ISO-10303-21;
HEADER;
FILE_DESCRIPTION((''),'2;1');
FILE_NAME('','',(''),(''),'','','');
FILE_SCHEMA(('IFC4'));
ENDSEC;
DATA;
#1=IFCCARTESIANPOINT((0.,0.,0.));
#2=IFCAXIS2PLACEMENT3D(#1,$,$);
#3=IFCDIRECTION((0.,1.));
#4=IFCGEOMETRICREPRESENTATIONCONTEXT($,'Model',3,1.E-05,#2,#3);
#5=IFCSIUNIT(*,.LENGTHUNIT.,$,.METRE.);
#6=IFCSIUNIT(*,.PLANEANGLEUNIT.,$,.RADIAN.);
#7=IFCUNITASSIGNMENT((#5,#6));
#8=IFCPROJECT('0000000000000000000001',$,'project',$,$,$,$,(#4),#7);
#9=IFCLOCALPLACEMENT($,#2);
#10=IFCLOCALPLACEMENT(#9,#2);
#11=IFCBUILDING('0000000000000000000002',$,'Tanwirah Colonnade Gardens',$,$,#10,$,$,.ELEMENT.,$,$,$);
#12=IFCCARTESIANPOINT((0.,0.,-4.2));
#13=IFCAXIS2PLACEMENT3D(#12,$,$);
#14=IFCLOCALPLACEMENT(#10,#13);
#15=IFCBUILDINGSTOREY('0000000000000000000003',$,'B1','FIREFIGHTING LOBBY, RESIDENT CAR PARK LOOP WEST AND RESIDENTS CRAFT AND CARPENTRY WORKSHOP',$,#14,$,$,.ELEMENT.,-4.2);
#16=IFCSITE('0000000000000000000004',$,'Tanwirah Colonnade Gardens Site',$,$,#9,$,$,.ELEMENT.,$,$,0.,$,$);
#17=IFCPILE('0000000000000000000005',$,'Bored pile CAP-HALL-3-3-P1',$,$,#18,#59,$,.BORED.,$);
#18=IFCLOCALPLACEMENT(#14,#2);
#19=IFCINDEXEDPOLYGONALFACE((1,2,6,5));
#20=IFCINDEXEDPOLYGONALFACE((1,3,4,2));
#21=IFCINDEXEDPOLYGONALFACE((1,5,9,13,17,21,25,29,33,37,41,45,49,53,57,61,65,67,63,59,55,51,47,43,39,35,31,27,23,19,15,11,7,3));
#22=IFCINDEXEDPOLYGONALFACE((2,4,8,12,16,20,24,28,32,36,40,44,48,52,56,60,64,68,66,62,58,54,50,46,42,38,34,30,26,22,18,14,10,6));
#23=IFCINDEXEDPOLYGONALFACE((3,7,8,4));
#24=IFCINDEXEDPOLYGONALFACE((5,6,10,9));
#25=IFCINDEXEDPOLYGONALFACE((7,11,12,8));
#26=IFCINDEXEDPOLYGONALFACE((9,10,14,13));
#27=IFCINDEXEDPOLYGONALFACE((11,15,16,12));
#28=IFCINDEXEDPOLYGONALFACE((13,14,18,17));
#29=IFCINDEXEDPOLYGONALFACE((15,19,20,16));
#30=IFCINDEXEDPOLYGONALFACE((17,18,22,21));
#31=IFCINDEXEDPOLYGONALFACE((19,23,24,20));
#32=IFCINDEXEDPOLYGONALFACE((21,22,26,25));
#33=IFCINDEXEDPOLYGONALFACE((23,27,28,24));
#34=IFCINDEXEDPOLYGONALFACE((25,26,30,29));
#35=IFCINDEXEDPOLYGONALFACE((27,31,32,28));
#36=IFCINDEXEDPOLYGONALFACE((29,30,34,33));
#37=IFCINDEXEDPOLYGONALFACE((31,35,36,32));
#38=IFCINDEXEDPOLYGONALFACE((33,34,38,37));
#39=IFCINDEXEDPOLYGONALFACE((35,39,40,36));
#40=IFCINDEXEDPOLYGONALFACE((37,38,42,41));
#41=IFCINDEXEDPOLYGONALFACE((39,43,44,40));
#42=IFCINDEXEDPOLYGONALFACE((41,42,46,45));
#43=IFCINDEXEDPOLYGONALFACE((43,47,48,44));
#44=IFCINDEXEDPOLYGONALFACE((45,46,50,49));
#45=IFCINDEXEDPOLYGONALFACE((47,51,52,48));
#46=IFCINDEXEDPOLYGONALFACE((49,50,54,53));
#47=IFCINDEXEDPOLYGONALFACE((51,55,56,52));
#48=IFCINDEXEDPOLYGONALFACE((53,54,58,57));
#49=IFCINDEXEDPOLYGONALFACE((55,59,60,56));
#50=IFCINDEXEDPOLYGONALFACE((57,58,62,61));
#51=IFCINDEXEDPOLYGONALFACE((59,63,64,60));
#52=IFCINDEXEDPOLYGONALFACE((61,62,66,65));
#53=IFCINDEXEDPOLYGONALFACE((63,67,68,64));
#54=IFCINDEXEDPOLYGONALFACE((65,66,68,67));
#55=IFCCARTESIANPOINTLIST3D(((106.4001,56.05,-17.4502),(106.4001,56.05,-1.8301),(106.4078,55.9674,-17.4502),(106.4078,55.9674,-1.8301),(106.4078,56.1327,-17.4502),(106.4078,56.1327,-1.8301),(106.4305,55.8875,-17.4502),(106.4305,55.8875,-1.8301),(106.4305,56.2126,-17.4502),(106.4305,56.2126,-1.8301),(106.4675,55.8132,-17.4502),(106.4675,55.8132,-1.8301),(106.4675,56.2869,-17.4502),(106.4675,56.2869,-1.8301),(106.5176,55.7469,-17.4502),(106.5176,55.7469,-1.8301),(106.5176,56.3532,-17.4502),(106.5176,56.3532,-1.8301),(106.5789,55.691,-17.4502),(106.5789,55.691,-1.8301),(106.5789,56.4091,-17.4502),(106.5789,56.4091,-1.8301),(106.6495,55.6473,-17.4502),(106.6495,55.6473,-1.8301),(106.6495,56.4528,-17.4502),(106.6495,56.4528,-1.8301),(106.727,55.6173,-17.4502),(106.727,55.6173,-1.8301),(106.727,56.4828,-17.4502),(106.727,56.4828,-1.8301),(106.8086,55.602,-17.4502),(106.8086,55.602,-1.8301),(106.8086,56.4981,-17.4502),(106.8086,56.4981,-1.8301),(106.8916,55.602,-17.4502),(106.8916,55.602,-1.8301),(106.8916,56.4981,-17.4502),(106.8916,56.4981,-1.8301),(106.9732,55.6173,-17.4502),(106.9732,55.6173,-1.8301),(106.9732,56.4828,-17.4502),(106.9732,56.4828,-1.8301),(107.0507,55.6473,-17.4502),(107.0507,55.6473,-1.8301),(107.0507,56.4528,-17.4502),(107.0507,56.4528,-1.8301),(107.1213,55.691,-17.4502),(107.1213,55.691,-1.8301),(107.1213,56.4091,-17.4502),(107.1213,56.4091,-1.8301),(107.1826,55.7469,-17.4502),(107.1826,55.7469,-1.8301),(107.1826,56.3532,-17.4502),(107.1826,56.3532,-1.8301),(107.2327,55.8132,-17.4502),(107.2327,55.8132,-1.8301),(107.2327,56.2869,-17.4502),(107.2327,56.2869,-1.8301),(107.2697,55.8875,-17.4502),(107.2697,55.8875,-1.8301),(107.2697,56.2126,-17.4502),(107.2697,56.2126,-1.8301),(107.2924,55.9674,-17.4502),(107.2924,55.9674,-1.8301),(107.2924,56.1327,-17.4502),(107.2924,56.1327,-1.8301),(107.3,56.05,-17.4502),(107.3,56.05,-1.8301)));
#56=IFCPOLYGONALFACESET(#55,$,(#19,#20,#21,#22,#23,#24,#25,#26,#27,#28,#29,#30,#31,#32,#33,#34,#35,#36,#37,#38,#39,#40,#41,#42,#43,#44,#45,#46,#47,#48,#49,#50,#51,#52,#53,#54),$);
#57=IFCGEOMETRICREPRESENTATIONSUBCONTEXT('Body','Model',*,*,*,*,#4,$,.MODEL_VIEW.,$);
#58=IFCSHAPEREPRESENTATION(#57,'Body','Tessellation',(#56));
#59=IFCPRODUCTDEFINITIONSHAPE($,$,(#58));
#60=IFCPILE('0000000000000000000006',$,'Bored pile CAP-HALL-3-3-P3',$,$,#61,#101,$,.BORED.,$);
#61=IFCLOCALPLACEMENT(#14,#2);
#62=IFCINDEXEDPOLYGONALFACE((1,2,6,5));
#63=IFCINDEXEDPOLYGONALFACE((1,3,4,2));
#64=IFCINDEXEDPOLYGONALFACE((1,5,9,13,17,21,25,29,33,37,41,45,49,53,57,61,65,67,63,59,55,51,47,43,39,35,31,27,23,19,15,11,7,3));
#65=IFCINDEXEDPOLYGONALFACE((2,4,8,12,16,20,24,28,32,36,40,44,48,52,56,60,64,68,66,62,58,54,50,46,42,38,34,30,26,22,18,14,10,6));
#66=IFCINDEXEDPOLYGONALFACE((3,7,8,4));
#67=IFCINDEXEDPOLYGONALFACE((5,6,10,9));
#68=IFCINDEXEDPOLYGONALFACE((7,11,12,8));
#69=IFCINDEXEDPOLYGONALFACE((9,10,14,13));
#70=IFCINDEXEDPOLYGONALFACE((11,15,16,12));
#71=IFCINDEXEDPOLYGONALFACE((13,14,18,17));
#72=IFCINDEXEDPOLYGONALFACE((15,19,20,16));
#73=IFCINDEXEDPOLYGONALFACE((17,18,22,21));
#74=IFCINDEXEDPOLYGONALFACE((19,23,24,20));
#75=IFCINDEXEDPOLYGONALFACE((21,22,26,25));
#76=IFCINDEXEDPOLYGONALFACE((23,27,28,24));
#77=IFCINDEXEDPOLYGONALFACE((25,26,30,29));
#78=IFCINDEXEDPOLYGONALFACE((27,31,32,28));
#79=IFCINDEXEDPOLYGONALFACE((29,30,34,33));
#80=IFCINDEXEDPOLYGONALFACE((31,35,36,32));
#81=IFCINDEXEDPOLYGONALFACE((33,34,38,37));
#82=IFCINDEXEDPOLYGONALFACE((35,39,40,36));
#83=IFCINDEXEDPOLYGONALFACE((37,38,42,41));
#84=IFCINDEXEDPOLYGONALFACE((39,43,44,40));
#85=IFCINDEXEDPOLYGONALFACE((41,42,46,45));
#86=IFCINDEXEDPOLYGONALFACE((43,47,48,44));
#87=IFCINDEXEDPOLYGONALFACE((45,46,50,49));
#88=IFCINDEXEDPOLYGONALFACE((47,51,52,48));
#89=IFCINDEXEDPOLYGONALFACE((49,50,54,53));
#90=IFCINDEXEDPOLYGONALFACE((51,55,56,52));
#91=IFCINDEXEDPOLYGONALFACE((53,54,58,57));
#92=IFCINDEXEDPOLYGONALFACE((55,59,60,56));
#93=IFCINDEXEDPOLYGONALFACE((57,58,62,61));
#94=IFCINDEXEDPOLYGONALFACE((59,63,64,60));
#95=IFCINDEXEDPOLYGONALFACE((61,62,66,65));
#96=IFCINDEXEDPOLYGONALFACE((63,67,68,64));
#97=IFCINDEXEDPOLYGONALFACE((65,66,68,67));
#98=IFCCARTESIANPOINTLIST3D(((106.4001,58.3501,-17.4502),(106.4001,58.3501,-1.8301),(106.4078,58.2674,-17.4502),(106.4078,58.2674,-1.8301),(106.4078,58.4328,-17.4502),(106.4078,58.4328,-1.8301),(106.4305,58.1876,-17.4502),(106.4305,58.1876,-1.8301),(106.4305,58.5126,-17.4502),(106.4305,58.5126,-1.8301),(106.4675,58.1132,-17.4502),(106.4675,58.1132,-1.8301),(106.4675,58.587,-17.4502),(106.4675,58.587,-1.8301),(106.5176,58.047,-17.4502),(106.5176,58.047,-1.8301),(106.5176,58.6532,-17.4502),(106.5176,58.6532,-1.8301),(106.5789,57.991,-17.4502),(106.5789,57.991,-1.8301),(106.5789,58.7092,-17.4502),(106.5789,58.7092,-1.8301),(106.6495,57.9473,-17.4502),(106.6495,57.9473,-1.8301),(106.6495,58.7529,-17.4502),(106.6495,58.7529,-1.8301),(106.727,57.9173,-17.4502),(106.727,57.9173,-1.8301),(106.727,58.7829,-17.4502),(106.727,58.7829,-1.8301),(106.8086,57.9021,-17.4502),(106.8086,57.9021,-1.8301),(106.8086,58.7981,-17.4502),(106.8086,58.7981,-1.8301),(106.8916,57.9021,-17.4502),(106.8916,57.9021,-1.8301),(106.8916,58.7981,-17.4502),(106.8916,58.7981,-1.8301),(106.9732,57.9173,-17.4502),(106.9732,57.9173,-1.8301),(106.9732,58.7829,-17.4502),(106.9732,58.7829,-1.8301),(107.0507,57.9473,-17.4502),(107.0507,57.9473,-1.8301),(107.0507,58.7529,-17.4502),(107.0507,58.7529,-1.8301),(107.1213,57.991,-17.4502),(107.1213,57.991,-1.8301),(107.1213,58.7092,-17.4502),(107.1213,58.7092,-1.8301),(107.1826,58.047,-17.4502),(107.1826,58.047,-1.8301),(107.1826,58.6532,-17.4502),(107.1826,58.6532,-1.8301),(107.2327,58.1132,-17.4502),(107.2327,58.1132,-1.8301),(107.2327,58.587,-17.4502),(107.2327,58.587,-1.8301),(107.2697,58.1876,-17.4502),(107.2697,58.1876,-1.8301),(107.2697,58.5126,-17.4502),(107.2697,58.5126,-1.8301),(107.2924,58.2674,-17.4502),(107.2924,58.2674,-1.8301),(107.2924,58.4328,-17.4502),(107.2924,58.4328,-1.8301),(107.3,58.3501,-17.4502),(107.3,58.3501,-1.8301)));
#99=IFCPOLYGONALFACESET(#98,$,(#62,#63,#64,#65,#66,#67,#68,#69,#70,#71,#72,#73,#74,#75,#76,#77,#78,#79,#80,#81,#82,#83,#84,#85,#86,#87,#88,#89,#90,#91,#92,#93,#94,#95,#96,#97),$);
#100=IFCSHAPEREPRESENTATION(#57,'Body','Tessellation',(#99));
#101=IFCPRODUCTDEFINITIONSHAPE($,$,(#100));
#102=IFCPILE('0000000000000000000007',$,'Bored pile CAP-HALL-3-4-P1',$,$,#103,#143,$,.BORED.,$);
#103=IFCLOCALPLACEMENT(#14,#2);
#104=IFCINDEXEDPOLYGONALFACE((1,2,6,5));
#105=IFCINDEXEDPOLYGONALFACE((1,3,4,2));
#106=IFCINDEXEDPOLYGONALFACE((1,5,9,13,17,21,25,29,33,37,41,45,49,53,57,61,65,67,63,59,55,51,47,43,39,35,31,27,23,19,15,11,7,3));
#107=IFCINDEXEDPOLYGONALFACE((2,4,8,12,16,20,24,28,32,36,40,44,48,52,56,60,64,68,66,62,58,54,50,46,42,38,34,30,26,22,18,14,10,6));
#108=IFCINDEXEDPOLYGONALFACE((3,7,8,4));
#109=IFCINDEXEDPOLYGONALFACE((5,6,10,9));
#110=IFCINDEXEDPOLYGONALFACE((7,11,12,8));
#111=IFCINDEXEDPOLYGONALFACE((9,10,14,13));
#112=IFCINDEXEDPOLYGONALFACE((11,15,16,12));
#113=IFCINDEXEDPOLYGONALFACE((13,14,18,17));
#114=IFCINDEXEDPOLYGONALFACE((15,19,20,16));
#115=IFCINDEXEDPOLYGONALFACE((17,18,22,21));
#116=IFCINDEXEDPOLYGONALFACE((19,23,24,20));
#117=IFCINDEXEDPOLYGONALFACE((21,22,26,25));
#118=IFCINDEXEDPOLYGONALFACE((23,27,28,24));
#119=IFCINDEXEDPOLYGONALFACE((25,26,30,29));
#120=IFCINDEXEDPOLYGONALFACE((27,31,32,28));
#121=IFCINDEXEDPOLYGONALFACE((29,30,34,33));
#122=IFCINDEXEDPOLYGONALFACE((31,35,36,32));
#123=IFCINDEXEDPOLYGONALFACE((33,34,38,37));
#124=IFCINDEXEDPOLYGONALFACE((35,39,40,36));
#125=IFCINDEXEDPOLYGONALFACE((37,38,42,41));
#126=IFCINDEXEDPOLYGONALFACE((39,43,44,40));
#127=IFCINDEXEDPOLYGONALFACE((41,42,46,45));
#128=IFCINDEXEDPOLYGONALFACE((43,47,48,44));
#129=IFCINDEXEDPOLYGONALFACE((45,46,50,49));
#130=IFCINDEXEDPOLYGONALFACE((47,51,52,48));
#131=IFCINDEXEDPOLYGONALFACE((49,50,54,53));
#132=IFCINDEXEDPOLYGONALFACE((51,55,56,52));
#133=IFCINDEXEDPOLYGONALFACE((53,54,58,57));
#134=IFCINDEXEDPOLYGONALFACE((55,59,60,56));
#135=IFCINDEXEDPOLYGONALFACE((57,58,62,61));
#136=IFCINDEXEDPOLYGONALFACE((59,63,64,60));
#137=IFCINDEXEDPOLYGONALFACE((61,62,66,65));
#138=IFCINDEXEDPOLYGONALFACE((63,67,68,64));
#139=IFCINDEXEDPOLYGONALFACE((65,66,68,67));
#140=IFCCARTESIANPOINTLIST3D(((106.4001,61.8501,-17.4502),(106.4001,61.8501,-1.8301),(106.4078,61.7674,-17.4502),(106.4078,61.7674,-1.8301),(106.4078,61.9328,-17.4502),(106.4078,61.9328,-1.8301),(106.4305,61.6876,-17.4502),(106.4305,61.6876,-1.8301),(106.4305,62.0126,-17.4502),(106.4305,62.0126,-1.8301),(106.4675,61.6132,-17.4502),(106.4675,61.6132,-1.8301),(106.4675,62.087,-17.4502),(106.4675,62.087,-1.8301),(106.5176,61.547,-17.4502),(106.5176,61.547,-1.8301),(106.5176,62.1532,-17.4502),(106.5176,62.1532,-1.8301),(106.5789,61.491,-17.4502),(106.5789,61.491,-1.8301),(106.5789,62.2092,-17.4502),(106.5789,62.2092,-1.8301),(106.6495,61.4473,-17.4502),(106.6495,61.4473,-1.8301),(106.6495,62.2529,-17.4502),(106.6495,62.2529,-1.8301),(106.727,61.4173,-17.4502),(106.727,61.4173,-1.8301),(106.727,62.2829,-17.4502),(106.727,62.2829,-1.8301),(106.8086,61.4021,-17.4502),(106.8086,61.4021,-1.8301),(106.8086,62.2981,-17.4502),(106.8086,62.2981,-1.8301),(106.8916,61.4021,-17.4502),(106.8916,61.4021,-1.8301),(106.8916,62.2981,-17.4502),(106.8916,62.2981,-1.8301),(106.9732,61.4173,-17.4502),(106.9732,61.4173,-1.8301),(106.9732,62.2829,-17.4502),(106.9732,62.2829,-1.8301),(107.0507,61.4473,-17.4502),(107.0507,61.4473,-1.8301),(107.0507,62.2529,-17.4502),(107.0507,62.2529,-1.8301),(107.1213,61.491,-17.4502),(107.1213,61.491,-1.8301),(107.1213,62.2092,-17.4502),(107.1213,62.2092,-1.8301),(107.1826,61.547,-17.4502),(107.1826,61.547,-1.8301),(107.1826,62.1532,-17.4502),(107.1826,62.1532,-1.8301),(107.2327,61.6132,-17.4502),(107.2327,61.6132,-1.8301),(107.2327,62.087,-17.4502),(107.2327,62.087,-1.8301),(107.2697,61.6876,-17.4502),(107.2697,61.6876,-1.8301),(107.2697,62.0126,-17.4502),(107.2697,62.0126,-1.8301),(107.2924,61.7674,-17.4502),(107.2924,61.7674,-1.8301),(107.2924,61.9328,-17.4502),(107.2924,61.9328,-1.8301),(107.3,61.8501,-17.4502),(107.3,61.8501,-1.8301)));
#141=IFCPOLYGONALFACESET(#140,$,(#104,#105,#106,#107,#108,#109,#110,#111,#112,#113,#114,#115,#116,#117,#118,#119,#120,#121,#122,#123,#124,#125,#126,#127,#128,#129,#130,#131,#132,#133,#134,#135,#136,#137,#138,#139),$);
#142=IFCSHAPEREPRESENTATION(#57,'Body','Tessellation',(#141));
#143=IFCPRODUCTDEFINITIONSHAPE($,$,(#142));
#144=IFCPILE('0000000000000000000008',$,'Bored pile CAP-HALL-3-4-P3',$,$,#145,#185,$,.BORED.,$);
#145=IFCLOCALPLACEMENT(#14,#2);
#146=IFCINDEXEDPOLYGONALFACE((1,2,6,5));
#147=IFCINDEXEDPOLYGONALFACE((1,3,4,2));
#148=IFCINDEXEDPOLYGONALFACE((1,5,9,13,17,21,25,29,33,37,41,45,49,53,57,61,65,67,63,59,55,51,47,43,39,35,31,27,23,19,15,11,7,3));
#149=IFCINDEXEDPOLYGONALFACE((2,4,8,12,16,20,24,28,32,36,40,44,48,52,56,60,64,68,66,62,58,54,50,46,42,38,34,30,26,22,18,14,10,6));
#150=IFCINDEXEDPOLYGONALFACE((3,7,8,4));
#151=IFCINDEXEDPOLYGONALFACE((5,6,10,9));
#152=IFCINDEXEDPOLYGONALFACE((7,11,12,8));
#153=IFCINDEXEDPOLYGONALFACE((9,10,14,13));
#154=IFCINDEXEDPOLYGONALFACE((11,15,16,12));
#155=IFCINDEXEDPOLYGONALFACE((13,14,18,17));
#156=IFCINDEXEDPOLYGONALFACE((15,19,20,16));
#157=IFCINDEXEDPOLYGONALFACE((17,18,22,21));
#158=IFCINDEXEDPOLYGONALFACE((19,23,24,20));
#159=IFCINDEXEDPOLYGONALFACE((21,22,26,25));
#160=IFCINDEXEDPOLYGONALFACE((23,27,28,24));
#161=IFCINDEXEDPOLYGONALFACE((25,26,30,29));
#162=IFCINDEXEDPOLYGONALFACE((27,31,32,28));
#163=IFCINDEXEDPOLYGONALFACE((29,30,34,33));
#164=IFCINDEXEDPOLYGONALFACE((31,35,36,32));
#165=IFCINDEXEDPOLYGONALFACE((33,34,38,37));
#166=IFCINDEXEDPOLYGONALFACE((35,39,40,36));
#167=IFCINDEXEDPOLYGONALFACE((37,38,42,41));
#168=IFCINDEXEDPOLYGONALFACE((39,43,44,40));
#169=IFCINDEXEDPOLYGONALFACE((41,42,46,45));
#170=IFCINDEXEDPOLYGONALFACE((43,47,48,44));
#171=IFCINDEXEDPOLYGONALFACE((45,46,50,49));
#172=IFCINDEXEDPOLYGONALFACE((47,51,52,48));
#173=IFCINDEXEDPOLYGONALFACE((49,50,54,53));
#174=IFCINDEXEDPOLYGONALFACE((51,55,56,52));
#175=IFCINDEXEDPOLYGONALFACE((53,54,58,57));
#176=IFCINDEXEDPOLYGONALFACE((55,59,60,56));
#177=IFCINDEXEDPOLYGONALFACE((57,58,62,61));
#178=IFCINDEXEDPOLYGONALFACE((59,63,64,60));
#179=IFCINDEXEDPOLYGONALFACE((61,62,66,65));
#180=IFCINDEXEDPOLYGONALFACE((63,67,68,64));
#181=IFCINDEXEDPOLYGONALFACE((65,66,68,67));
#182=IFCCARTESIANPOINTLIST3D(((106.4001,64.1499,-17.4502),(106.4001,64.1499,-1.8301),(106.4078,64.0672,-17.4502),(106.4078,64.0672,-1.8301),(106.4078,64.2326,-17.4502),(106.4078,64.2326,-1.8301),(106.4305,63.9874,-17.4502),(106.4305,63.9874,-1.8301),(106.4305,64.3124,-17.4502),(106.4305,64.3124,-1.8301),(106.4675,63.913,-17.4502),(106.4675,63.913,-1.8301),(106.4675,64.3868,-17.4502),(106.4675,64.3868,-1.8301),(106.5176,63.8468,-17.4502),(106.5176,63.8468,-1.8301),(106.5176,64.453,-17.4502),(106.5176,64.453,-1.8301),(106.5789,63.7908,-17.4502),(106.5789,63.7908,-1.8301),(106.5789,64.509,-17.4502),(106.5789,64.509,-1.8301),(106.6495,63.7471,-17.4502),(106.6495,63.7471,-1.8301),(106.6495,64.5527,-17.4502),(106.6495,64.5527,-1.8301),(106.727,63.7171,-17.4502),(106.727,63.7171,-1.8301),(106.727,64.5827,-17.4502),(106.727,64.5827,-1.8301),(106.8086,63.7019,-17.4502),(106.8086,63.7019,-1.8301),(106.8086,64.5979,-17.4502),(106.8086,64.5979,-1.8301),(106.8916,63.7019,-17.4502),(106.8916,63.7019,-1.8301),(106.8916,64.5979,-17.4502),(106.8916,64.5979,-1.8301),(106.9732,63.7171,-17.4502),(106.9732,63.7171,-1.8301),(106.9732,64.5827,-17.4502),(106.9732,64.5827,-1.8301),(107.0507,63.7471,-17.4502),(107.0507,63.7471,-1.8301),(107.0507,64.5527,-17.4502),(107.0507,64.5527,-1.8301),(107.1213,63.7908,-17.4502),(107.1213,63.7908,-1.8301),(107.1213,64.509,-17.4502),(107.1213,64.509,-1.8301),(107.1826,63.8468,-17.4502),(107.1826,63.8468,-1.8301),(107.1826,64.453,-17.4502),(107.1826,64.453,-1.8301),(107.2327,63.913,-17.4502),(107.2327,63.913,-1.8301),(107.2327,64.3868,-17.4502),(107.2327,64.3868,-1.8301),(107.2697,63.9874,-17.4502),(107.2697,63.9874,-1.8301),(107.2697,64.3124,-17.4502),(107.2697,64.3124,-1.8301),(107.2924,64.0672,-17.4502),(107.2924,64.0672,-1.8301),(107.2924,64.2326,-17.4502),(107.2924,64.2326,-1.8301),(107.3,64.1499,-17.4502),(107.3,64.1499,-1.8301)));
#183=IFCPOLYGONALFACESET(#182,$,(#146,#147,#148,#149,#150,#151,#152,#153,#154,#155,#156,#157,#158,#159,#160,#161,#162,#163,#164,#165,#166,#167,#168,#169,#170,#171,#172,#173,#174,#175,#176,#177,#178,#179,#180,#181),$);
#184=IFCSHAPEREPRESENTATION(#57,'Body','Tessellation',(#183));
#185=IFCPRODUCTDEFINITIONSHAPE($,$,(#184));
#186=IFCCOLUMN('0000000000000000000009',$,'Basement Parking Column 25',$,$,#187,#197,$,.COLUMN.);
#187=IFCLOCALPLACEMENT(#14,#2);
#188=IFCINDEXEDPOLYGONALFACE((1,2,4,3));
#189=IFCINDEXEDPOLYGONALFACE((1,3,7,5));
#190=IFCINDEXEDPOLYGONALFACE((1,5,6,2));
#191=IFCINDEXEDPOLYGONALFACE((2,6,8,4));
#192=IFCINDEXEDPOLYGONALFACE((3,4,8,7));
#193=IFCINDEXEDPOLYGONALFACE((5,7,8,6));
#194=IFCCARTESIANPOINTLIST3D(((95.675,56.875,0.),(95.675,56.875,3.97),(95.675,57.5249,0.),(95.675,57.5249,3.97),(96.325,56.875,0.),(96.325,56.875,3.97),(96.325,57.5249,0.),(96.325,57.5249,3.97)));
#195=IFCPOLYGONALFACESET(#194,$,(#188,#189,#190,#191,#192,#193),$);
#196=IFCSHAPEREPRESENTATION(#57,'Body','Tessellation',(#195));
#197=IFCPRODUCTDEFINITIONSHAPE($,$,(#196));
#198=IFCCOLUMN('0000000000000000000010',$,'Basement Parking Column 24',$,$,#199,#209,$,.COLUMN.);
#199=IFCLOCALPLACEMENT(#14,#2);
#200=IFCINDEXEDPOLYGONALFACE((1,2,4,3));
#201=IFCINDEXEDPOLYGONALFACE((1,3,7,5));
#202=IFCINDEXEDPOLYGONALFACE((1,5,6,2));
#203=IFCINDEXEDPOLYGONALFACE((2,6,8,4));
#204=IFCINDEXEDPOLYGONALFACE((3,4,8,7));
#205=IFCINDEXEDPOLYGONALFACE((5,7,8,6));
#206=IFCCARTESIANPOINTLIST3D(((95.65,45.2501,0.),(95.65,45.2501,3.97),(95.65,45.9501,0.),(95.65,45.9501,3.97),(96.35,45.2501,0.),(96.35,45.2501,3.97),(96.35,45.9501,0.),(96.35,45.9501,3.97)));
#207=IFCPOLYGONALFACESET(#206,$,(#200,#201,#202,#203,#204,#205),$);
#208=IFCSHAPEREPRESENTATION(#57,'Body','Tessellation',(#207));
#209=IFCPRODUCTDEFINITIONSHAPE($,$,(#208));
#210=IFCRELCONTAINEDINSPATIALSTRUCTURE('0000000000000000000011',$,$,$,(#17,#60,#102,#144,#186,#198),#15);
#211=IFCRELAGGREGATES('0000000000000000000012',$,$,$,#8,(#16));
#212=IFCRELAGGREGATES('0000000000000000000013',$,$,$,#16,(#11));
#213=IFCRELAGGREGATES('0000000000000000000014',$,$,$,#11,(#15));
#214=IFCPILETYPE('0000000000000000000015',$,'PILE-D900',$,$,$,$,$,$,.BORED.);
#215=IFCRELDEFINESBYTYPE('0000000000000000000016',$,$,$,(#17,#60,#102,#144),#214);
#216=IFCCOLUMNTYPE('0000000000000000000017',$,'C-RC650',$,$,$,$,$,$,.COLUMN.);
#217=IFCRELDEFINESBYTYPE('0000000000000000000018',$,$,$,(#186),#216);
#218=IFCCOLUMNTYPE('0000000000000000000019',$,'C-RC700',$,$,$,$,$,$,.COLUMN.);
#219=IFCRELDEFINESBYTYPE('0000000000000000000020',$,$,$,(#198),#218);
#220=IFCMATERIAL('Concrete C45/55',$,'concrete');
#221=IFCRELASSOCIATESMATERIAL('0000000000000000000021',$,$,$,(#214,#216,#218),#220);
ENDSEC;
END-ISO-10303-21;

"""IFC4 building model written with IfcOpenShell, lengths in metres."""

from ifc_helpers import new_model, si_unit, direction, frame, origin, origin_2d, place, context, subcontext, project, spatial, rectangle, circle, extrude, material, material_profile, profile_set, type_object, element, save


model = new_model("IFC4")

# Units and contexts
model_context = context("Model", 3, precision=1e-05, world=origin(), true_north=direction((0.0, 1.0)))
body_context = subcontext(model_context, "Body", "Model", "MODEL_VIEW")
ifc_project = project(units=[si_unit("LENGTHUNIT", "METRE"), si_unit("PLANEANGLEUNIT", "RADIAN")], contexts=[model_context])

# Site, building, storey
site_placement = place(None, origin())
site = spatial("IfcSite", under=ifc_project, at=site_placement, Name="Tanwirah Colonnade Gardens Site", CompositionType="ELEMENT", RefElevation=0.0)
building_placement = place(site_placement, origin())
building = spatial("IfcBuilding", under=site, at=building_placement, Name="Tanwirah Colonnade Gardens", CompositionType="ELEMENT")
storey_placement = place(building_placement, frame((0.0, 0.0, -4.2)))
storey = spatial("IfcBuildingStorey", under=building, at=storey_placement, Name="B1", Description="FIREFIGHTING LOBBY, RESIDENT CAR PARK LOOP WEST AND RESIDENTS CRAFT AND CARPENTRY WORKSHOP", CompositionType="ELEMENT", Elevation=-4.2)

# Shared definitions
ifc_material = material(Name="Concrete C45/55", Category="concrete")

# Piles
ifc_material_profile_1 = material_profile(ifc_material, circle(Radius=0.45, at=origin_2d()), Name="PILE D900")
ifc_profile_set_1 = profile_set([ifc_material_profile_1], Name="Concrete C45/55")
pile_type_1 = type_object("IfcPileType", Name="PILE-D900", PredefinedType="BORED", material=ifc_profile_set_1)
for number, where, z_axis, x_axis, name in (
    (1, (106.8501, 56.05, -1.8301), (0.0, 0.0, -1.0), (1.0, 0.0, 0.0), "Bored pile CAP-HALL-3-3-P1"),
    (2, (106.8501, 58.3501, -1.8301), (0.0, 0.0, -1.0), (1.0, 0.0, 0.0), "Bored pile CAP-HALL-3-3-P3"),
    (3, (106.8501, 61.8501, -1.8301), (0.0, 0.0, -1.0), (1.0, 0.0, 0.0), "Bored pile CAP-HALL-3-4-P1"),
    (4, (106.8501, 64.1499, -1.8301), (0.0, 0.0, -1.0), (1.0, 0.0, 0.0), "Bored pile CAP-HALL-3-4-P3"),
):
    element("IfcPile", number, at=place(storey_placement, frame(where, z_axis=z_axis, x_axis=x_axis)), inside=storey, type_object=pile_type_1, Name=name, PredefinedType="BORED", context=body_context, shape_type="SweptSolid", body=[
        extrude(circle(Radius=0.45, at=origin_2d()), origin(), (0.0, 0.0, 1.0), 15.6201),
    ])

# Columns
ifc_material_profile_2 = material_profile(ifc_material, rectangle(XDim=0.6499, YDim=0.6499, at=origin_2d()), Name="RC-COL 650x650")
ifc_profile_set_2 = profile_set([ifc_material_profile_2], Name="Concrete C45/55")
column_type_1 = type_object("IfcColumnType", Name="C-RC650", PredefinedType="COLUMN", material=ifc_profile_set_2)
column_1_placement = place(storey_placement, frame((96.0, 57.2, 0.0), z_axis=(0.0, 0.0, 1.0), x_axis=(1.0, 0.0, 0.0)))
element("IfcColumn", 5, at=column_1_placement, inside=storey, type_object=column_type_1, Name="Basement Parking Column 25", PredefinedType="COLUMN", context=body_context, shape_type="SweptSolid", body=[
    extrude(rectangle(XDim=0.6499, YDim=0.6499, at=origin_2d()), origin(), (0.0, 0.0, 1.0), 3.97),
])
ifc_material_profile_3 = material_profile(ifc_material, rectangle(XDim=0.7, YDim=0.7, at=origin_2d()), Name="RC-COL 700x700")
ifc_profile_set_3 = profile_set([ifc_material_profile_3], Name="Concrete C45/55")
column_type_2 = type_object("IfcColumnType", Name="C-RC700", PredefinedType="COLUMN", material=ifc_profile_set_3)
column_2_placement = place(storey_placement, frame((96.0, 45.6001, 0.0), z_axis=(0.0, 0.0, 1.0), x_axis=(1.0, 0.0, 0.0)))
element("IfcColumn", 6, at=column_2_placement, inside=storey, type_object=column_type_2, Name="Basement Parking Column 24", PredefinedType="COLUMN", context=body_context, shape_type="SweptSolid", body=[
    extrude(rectangle(XDim=0.7, YDim=0.7, at=origin_2d()), origin(), (0.0, 0.0, 1.0), 3.97),
])

save(model, "model.ifc")
